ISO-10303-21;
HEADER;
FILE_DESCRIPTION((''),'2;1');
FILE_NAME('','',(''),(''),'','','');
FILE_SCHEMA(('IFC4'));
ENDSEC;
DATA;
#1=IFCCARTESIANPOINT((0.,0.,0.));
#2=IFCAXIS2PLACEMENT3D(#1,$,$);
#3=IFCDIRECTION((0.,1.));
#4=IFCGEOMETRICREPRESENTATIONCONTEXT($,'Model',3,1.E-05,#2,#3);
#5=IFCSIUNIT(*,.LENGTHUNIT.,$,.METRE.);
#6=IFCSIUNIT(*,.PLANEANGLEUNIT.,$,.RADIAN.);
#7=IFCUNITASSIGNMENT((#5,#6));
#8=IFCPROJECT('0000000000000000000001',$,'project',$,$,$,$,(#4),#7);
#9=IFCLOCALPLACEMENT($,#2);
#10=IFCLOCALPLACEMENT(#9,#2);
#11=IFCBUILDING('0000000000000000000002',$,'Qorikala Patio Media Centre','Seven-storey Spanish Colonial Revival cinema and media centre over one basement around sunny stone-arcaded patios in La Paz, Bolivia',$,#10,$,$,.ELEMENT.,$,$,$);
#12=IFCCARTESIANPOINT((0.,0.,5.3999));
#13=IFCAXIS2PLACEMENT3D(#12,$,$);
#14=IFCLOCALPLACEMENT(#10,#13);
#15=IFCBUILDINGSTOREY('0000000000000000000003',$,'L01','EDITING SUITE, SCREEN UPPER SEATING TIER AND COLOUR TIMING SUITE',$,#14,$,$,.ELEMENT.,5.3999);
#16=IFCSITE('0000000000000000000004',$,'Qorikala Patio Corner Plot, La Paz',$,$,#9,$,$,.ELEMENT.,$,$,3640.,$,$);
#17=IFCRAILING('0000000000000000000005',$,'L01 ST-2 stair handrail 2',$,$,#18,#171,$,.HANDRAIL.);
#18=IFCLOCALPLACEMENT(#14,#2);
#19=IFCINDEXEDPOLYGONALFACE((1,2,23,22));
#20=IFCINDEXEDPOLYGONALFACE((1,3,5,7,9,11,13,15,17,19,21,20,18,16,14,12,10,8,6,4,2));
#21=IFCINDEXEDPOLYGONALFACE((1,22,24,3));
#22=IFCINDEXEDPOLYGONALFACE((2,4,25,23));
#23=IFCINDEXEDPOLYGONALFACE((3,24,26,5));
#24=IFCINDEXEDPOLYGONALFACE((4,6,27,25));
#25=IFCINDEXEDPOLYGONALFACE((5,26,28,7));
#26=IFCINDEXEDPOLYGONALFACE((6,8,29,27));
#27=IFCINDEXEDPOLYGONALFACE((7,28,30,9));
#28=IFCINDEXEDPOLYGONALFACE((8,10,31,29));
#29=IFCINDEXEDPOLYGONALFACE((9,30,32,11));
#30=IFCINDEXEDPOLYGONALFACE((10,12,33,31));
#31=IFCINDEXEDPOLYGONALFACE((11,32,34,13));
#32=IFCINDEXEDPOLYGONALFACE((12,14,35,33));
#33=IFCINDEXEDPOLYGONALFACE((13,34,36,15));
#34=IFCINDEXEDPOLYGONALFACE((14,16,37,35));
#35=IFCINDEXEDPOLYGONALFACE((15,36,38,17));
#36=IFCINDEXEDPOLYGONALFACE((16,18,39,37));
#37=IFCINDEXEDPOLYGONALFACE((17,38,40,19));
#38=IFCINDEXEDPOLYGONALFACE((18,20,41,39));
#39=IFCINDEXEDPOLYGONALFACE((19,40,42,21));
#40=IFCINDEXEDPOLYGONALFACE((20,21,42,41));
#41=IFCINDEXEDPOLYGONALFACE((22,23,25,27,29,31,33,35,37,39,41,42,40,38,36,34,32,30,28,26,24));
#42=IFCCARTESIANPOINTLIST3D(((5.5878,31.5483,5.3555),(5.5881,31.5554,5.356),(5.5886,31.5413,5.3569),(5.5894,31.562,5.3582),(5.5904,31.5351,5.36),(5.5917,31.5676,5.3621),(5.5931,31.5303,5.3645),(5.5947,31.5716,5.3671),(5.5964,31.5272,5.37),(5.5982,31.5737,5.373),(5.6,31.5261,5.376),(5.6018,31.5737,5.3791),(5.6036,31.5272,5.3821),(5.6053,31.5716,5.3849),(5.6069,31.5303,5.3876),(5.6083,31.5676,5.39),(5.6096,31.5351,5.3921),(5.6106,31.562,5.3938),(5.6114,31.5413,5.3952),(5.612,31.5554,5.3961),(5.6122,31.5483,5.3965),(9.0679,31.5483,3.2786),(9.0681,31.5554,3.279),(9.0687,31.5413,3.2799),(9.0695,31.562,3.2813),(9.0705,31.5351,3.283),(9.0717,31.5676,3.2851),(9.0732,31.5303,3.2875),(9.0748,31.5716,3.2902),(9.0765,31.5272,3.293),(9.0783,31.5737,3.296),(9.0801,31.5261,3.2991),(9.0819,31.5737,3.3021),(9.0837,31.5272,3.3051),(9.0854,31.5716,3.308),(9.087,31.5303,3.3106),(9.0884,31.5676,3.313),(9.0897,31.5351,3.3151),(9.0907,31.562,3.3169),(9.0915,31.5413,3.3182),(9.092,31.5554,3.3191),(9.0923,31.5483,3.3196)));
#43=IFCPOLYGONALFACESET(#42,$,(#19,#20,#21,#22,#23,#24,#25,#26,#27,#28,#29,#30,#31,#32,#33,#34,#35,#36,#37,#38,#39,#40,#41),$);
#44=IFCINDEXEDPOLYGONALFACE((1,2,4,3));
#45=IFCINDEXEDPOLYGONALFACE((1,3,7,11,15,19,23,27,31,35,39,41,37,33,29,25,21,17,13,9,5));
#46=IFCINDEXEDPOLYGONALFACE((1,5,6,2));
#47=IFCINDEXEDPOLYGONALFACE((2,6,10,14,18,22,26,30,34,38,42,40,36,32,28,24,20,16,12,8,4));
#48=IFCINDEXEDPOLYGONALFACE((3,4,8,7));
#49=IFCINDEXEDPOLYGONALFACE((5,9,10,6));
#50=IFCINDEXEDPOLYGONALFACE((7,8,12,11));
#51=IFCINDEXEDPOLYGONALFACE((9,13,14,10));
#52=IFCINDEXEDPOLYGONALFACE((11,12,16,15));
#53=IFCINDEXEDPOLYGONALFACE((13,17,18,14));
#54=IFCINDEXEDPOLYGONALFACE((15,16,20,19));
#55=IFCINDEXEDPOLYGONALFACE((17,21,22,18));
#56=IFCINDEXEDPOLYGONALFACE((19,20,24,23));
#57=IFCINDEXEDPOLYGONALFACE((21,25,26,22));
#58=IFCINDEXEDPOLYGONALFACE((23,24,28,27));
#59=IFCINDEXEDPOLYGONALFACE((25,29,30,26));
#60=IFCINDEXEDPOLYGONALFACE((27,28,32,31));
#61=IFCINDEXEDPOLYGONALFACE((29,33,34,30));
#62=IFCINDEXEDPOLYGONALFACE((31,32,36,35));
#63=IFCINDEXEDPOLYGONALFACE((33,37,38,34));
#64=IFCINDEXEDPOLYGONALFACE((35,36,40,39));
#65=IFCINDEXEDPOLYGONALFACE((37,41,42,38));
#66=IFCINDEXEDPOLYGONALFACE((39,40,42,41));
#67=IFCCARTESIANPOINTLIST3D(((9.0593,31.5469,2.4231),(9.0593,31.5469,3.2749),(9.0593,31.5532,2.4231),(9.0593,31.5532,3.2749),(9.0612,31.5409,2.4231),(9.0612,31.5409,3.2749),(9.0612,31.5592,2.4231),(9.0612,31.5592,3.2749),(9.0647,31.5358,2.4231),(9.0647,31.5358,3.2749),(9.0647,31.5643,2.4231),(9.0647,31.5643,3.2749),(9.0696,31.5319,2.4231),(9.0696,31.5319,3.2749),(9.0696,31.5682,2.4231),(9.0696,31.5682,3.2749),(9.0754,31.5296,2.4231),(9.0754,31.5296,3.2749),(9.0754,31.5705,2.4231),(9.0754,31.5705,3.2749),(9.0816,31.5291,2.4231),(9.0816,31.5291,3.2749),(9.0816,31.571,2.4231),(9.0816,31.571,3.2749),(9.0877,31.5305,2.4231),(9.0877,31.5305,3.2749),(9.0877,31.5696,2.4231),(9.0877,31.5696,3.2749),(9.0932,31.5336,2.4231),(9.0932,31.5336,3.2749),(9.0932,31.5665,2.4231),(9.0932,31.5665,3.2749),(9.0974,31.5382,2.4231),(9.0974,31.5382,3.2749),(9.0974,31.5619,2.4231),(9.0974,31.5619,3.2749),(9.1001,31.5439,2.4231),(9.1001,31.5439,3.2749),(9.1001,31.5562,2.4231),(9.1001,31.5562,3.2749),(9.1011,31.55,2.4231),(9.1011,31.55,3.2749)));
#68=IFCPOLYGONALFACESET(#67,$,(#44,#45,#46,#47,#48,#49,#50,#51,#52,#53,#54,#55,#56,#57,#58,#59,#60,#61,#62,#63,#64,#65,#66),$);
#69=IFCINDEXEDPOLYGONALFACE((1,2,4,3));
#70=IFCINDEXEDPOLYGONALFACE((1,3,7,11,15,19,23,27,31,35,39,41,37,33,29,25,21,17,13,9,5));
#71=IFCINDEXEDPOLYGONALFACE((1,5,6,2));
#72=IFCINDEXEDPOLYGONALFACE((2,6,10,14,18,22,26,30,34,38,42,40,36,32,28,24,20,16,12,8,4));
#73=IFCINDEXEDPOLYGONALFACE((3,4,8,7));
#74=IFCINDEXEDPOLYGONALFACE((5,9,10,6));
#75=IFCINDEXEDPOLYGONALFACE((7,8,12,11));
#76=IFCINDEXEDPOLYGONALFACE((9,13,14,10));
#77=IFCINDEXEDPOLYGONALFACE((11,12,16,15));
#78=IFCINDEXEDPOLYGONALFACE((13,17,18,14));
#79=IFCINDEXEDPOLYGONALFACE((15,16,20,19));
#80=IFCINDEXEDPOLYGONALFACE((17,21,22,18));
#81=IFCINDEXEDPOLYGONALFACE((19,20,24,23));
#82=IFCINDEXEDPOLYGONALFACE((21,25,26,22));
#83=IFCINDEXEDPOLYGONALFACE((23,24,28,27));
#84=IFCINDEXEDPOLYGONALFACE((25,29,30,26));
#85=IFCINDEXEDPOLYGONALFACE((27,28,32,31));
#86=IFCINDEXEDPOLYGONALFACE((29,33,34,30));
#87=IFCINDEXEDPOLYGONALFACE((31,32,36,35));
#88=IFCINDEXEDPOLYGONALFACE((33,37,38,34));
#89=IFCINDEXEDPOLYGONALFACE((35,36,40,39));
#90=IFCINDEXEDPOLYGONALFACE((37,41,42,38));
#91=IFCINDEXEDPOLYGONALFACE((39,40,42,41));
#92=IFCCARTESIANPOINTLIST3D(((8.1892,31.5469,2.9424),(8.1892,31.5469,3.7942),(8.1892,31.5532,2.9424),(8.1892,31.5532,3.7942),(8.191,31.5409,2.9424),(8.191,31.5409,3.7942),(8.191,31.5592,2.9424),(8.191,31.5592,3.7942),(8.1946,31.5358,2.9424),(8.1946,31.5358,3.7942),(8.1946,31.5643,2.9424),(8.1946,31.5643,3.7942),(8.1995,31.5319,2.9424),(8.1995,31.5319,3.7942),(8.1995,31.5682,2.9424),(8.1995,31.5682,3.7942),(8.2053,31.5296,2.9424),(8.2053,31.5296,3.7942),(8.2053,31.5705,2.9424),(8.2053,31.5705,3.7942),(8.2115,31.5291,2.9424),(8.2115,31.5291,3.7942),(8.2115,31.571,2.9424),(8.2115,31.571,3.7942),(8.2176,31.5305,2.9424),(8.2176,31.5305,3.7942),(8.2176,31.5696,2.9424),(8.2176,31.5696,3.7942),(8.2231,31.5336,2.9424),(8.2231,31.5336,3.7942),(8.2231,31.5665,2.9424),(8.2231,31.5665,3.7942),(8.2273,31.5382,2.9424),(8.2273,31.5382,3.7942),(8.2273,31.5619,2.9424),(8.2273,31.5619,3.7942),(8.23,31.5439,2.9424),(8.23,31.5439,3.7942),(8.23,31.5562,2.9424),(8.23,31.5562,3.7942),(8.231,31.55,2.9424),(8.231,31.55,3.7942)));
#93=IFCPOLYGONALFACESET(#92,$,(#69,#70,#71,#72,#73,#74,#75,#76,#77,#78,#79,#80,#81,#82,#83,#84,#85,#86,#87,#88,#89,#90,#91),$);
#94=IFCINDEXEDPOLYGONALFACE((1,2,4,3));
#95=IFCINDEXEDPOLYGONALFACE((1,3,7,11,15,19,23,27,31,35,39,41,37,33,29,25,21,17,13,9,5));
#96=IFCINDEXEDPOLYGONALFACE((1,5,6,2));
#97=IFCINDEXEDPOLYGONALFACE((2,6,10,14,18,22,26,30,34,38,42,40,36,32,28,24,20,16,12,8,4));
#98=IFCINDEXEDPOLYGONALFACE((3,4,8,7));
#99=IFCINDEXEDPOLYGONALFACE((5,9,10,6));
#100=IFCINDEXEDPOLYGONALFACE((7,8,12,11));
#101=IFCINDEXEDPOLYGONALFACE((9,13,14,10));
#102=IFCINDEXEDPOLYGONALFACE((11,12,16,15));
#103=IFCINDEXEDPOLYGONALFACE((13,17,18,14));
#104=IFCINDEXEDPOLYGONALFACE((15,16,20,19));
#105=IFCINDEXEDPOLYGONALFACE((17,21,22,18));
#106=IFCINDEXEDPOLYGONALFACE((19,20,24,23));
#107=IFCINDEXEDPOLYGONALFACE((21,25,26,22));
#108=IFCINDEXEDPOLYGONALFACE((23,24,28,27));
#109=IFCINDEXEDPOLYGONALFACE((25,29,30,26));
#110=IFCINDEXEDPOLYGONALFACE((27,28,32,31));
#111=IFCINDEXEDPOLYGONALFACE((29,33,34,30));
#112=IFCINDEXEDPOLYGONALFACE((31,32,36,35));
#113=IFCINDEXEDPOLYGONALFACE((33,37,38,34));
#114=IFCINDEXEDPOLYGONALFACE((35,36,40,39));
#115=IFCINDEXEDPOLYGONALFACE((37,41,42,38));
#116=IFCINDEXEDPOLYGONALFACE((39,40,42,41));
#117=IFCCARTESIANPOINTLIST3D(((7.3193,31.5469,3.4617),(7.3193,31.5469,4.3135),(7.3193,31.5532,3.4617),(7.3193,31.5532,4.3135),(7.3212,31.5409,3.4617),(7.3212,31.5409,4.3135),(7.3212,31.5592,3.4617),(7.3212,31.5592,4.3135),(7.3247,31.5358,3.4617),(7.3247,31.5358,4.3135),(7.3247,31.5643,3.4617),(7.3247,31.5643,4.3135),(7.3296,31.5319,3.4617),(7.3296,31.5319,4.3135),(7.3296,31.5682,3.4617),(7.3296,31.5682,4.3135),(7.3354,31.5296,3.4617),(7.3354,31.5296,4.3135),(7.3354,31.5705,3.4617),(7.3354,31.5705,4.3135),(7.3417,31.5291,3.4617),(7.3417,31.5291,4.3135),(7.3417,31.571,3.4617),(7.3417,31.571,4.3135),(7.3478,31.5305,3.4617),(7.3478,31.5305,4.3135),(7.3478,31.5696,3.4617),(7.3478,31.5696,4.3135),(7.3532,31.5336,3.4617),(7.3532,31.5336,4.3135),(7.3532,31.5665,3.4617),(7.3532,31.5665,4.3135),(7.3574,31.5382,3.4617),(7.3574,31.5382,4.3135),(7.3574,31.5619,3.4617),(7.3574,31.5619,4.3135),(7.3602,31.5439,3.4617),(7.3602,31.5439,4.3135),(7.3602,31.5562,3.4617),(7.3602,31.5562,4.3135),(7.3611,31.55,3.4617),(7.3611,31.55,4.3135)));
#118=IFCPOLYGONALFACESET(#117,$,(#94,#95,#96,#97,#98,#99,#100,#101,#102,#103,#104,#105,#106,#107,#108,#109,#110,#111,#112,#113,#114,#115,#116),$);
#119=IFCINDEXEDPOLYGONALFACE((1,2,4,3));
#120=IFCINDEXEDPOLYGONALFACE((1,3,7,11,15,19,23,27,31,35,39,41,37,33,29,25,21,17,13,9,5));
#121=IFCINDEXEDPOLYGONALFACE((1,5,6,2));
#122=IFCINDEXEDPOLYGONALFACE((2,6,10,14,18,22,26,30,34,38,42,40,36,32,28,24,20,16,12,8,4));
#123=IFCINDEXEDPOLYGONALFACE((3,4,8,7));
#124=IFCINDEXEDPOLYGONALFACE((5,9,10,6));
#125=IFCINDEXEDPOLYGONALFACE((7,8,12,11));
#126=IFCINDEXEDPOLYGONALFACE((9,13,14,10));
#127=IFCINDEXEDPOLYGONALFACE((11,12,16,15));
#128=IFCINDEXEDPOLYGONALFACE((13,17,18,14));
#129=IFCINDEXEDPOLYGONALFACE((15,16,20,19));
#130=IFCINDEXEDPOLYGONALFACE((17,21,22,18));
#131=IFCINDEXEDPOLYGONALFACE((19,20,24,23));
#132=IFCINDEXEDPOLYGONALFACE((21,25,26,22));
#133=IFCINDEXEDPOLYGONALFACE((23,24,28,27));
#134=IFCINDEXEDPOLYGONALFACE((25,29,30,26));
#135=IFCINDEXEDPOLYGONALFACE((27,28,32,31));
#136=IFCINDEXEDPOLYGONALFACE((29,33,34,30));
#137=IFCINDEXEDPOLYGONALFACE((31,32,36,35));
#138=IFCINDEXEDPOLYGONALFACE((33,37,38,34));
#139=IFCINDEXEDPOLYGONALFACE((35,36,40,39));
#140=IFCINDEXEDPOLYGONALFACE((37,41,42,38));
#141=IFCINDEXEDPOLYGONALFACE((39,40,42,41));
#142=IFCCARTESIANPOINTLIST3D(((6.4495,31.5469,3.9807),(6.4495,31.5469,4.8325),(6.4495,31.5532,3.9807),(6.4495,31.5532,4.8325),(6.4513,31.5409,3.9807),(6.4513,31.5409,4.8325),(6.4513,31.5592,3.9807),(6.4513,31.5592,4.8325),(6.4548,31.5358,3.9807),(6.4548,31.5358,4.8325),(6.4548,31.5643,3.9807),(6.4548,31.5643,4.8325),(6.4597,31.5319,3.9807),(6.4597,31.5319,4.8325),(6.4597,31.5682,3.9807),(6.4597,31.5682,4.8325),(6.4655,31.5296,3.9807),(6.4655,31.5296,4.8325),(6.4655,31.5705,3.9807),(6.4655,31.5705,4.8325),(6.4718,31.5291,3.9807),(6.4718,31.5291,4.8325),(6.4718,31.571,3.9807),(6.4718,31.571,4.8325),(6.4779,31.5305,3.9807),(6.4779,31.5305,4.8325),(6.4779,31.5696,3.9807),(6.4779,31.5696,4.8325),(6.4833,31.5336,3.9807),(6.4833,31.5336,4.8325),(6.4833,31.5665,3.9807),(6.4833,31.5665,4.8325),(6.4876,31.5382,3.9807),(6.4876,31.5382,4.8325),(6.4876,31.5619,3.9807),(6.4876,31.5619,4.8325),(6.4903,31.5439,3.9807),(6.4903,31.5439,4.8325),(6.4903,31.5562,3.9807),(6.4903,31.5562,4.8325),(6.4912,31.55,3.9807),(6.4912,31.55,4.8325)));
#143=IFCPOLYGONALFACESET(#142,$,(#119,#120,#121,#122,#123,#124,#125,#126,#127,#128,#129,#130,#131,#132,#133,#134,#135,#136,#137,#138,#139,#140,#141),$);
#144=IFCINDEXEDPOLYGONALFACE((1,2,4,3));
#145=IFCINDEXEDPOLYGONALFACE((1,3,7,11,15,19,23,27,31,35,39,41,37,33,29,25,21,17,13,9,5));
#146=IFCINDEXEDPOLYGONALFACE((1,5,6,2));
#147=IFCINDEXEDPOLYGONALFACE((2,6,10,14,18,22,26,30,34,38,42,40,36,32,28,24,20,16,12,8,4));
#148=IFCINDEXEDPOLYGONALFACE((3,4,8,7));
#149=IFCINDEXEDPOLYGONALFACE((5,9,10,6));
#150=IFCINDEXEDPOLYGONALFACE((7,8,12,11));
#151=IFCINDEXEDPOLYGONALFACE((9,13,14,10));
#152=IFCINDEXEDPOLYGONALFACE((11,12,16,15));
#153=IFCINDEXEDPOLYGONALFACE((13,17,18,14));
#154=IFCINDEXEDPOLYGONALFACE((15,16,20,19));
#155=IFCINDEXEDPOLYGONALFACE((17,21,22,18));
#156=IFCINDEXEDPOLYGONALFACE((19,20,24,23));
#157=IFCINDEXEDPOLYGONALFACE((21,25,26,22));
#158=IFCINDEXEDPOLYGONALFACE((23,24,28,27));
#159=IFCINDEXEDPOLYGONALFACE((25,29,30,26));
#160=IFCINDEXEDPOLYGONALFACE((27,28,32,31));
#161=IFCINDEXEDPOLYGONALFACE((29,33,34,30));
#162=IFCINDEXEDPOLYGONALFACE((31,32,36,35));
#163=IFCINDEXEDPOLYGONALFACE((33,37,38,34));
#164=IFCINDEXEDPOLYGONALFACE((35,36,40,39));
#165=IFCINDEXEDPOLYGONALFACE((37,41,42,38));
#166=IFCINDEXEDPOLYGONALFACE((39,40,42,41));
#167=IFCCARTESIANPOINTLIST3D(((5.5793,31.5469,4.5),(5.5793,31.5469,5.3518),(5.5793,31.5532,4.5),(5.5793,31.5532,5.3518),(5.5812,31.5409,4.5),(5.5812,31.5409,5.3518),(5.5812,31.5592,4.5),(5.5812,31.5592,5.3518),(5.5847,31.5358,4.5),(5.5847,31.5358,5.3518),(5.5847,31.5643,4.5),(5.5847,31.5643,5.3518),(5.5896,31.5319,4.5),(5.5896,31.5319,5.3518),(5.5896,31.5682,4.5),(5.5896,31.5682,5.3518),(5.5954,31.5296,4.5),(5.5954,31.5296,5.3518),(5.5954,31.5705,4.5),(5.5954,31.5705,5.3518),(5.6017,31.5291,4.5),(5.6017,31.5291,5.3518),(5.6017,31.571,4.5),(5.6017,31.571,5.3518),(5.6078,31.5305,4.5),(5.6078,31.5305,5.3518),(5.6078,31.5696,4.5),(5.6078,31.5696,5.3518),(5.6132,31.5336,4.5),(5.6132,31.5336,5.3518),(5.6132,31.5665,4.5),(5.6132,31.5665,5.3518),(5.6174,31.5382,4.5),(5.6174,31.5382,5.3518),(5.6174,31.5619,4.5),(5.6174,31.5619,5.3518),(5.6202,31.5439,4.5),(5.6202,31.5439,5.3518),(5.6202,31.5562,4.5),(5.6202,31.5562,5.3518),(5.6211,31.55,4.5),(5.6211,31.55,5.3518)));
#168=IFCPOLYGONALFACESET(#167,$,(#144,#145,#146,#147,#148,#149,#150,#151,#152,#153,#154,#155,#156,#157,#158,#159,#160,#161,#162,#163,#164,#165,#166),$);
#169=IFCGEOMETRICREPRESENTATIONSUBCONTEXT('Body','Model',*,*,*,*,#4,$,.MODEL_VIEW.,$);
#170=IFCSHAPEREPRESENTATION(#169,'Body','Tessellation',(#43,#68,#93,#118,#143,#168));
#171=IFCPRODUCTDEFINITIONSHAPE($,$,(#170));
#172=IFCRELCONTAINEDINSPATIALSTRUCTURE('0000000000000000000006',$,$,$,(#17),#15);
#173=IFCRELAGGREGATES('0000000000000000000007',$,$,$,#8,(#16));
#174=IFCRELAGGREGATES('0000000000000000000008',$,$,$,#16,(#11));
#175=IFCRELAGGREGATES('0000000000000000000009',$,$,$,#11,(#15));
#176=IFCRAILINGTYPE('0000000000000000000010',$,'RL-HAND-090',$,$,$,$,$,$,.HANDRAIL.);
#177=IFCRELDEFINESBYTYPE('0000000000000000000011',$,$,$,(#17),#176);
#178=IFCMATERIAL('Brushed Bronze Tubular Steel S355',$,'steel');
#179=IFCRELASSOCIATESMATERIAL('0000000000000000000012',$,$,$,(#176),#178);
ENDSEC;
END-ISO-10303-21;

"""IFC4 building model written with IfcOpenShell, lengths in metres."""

from ifc_helpers import new_model, si_unit, direction, frame, origin, origin_2d, place, context, subcontext, project, spatial, circle, extrude, material, type_object, element, save


model = new_model("IFC4")

# Units and contexts
model_context = context("Model", 3, precision=1e-05, world=origin(), true_north=direction((0.0, 1.0)))
body_context = subcontext(model_context, "Body", "Model", "MODEL_VIEW")
ifc_project = project(units=[si_unit("LENGTHUNIT", "METRE"), si_unit("PLANEANGLEUNIT", "RADIAN")], contexts=[model_context])

# Site, building, storey
site_placement = place(None, origin())
site = spatial("IfcSite", under=ifc_project, at=site_placement, Name="Qorikala Patio Corner Plot, La Paz", CompositionType="ELEMENT", RefElevation=3640.0)
building_placement = place(site_placement, origin())
building = spatial("IfcBuilding", under=site, at=building_placement, Name="Qorikala Patio Media Centre", Description="Seven-storey Spanish Colonial Revival cinema and media centre over one basement around sunny stone-arcaded patios in La Paz, Bolivia", CompositionType="ELEMENT")
storey_placement = place(building_placement, frame((0.0, 0.0, 5.3999)))
storey = spatial("IfcBuildingStorey", under=building, at=storey_placement, Name="L01", Description="EDITING SUITE, SCREEN UPPER SEATING TIER AND COLOUR TIMING SUITE", CompositionType="ELEMENT", Elevation=5.3999)

# Railing
ifc_material_1 = material(Name="Brushed Bronze Tubular Steel S355", Category="steel")
railing_type_1 = type_object("IfcRailingType", Name="RL-HAND-090", PredefinedType="HANDRAIL", material=ifc_material_1)
railing_1_placement = place(storey_placement, frame((9.0801, 31.55, 2.4231)))
element("IfcRailing", 1, at=railing_1_placement, inside=storey, type_object=railing_type_1, Name="L01 ST-2 stair handrail 2", PredefinedType="HANDRAIL", context=body_context, shape_type="SweptSolid", body=[
    extrude(circle(Radius=0.0239, at=origin_2d()), frame((0.0, 0.0, 0.876), z_axis=(-0.858697, 0.0, 0.512483), x_axis=(0.0, -1.0, 0.0)), (0.0, 0.0, 1.0), 4.0527),
    extrude(circle(Radius=0.021, at=origin_2d()), origin(), (0.0, 0.0, 1.0), 0.8518),
    extrude(circle(Radius=0.021, at=origin_2d()), frame((-0.8701, 0.0, 0.5193)), (0.0, 0.0, 1.0), 0.8518),
    extrude(circle(Radius=0.021, at=origin_2d()), frame((-1.74, 0.0, 1.0386)), (0.0, 0.0, 1.0), 0.8518),
    extrude(circle(Radius=0.021, at=origin_2d()), frame((-2.6099, 0.0, 1.5576)), (0.0, 0.0, 1.0), 0.8518),
    extrude(circle(Radius=0.021, at=origin_2d()), frame((-3.48, 0.0, 2.0769)), (0.0, 0.0, 1.0), 0.8518),
])

save(model, "model.ifc")
